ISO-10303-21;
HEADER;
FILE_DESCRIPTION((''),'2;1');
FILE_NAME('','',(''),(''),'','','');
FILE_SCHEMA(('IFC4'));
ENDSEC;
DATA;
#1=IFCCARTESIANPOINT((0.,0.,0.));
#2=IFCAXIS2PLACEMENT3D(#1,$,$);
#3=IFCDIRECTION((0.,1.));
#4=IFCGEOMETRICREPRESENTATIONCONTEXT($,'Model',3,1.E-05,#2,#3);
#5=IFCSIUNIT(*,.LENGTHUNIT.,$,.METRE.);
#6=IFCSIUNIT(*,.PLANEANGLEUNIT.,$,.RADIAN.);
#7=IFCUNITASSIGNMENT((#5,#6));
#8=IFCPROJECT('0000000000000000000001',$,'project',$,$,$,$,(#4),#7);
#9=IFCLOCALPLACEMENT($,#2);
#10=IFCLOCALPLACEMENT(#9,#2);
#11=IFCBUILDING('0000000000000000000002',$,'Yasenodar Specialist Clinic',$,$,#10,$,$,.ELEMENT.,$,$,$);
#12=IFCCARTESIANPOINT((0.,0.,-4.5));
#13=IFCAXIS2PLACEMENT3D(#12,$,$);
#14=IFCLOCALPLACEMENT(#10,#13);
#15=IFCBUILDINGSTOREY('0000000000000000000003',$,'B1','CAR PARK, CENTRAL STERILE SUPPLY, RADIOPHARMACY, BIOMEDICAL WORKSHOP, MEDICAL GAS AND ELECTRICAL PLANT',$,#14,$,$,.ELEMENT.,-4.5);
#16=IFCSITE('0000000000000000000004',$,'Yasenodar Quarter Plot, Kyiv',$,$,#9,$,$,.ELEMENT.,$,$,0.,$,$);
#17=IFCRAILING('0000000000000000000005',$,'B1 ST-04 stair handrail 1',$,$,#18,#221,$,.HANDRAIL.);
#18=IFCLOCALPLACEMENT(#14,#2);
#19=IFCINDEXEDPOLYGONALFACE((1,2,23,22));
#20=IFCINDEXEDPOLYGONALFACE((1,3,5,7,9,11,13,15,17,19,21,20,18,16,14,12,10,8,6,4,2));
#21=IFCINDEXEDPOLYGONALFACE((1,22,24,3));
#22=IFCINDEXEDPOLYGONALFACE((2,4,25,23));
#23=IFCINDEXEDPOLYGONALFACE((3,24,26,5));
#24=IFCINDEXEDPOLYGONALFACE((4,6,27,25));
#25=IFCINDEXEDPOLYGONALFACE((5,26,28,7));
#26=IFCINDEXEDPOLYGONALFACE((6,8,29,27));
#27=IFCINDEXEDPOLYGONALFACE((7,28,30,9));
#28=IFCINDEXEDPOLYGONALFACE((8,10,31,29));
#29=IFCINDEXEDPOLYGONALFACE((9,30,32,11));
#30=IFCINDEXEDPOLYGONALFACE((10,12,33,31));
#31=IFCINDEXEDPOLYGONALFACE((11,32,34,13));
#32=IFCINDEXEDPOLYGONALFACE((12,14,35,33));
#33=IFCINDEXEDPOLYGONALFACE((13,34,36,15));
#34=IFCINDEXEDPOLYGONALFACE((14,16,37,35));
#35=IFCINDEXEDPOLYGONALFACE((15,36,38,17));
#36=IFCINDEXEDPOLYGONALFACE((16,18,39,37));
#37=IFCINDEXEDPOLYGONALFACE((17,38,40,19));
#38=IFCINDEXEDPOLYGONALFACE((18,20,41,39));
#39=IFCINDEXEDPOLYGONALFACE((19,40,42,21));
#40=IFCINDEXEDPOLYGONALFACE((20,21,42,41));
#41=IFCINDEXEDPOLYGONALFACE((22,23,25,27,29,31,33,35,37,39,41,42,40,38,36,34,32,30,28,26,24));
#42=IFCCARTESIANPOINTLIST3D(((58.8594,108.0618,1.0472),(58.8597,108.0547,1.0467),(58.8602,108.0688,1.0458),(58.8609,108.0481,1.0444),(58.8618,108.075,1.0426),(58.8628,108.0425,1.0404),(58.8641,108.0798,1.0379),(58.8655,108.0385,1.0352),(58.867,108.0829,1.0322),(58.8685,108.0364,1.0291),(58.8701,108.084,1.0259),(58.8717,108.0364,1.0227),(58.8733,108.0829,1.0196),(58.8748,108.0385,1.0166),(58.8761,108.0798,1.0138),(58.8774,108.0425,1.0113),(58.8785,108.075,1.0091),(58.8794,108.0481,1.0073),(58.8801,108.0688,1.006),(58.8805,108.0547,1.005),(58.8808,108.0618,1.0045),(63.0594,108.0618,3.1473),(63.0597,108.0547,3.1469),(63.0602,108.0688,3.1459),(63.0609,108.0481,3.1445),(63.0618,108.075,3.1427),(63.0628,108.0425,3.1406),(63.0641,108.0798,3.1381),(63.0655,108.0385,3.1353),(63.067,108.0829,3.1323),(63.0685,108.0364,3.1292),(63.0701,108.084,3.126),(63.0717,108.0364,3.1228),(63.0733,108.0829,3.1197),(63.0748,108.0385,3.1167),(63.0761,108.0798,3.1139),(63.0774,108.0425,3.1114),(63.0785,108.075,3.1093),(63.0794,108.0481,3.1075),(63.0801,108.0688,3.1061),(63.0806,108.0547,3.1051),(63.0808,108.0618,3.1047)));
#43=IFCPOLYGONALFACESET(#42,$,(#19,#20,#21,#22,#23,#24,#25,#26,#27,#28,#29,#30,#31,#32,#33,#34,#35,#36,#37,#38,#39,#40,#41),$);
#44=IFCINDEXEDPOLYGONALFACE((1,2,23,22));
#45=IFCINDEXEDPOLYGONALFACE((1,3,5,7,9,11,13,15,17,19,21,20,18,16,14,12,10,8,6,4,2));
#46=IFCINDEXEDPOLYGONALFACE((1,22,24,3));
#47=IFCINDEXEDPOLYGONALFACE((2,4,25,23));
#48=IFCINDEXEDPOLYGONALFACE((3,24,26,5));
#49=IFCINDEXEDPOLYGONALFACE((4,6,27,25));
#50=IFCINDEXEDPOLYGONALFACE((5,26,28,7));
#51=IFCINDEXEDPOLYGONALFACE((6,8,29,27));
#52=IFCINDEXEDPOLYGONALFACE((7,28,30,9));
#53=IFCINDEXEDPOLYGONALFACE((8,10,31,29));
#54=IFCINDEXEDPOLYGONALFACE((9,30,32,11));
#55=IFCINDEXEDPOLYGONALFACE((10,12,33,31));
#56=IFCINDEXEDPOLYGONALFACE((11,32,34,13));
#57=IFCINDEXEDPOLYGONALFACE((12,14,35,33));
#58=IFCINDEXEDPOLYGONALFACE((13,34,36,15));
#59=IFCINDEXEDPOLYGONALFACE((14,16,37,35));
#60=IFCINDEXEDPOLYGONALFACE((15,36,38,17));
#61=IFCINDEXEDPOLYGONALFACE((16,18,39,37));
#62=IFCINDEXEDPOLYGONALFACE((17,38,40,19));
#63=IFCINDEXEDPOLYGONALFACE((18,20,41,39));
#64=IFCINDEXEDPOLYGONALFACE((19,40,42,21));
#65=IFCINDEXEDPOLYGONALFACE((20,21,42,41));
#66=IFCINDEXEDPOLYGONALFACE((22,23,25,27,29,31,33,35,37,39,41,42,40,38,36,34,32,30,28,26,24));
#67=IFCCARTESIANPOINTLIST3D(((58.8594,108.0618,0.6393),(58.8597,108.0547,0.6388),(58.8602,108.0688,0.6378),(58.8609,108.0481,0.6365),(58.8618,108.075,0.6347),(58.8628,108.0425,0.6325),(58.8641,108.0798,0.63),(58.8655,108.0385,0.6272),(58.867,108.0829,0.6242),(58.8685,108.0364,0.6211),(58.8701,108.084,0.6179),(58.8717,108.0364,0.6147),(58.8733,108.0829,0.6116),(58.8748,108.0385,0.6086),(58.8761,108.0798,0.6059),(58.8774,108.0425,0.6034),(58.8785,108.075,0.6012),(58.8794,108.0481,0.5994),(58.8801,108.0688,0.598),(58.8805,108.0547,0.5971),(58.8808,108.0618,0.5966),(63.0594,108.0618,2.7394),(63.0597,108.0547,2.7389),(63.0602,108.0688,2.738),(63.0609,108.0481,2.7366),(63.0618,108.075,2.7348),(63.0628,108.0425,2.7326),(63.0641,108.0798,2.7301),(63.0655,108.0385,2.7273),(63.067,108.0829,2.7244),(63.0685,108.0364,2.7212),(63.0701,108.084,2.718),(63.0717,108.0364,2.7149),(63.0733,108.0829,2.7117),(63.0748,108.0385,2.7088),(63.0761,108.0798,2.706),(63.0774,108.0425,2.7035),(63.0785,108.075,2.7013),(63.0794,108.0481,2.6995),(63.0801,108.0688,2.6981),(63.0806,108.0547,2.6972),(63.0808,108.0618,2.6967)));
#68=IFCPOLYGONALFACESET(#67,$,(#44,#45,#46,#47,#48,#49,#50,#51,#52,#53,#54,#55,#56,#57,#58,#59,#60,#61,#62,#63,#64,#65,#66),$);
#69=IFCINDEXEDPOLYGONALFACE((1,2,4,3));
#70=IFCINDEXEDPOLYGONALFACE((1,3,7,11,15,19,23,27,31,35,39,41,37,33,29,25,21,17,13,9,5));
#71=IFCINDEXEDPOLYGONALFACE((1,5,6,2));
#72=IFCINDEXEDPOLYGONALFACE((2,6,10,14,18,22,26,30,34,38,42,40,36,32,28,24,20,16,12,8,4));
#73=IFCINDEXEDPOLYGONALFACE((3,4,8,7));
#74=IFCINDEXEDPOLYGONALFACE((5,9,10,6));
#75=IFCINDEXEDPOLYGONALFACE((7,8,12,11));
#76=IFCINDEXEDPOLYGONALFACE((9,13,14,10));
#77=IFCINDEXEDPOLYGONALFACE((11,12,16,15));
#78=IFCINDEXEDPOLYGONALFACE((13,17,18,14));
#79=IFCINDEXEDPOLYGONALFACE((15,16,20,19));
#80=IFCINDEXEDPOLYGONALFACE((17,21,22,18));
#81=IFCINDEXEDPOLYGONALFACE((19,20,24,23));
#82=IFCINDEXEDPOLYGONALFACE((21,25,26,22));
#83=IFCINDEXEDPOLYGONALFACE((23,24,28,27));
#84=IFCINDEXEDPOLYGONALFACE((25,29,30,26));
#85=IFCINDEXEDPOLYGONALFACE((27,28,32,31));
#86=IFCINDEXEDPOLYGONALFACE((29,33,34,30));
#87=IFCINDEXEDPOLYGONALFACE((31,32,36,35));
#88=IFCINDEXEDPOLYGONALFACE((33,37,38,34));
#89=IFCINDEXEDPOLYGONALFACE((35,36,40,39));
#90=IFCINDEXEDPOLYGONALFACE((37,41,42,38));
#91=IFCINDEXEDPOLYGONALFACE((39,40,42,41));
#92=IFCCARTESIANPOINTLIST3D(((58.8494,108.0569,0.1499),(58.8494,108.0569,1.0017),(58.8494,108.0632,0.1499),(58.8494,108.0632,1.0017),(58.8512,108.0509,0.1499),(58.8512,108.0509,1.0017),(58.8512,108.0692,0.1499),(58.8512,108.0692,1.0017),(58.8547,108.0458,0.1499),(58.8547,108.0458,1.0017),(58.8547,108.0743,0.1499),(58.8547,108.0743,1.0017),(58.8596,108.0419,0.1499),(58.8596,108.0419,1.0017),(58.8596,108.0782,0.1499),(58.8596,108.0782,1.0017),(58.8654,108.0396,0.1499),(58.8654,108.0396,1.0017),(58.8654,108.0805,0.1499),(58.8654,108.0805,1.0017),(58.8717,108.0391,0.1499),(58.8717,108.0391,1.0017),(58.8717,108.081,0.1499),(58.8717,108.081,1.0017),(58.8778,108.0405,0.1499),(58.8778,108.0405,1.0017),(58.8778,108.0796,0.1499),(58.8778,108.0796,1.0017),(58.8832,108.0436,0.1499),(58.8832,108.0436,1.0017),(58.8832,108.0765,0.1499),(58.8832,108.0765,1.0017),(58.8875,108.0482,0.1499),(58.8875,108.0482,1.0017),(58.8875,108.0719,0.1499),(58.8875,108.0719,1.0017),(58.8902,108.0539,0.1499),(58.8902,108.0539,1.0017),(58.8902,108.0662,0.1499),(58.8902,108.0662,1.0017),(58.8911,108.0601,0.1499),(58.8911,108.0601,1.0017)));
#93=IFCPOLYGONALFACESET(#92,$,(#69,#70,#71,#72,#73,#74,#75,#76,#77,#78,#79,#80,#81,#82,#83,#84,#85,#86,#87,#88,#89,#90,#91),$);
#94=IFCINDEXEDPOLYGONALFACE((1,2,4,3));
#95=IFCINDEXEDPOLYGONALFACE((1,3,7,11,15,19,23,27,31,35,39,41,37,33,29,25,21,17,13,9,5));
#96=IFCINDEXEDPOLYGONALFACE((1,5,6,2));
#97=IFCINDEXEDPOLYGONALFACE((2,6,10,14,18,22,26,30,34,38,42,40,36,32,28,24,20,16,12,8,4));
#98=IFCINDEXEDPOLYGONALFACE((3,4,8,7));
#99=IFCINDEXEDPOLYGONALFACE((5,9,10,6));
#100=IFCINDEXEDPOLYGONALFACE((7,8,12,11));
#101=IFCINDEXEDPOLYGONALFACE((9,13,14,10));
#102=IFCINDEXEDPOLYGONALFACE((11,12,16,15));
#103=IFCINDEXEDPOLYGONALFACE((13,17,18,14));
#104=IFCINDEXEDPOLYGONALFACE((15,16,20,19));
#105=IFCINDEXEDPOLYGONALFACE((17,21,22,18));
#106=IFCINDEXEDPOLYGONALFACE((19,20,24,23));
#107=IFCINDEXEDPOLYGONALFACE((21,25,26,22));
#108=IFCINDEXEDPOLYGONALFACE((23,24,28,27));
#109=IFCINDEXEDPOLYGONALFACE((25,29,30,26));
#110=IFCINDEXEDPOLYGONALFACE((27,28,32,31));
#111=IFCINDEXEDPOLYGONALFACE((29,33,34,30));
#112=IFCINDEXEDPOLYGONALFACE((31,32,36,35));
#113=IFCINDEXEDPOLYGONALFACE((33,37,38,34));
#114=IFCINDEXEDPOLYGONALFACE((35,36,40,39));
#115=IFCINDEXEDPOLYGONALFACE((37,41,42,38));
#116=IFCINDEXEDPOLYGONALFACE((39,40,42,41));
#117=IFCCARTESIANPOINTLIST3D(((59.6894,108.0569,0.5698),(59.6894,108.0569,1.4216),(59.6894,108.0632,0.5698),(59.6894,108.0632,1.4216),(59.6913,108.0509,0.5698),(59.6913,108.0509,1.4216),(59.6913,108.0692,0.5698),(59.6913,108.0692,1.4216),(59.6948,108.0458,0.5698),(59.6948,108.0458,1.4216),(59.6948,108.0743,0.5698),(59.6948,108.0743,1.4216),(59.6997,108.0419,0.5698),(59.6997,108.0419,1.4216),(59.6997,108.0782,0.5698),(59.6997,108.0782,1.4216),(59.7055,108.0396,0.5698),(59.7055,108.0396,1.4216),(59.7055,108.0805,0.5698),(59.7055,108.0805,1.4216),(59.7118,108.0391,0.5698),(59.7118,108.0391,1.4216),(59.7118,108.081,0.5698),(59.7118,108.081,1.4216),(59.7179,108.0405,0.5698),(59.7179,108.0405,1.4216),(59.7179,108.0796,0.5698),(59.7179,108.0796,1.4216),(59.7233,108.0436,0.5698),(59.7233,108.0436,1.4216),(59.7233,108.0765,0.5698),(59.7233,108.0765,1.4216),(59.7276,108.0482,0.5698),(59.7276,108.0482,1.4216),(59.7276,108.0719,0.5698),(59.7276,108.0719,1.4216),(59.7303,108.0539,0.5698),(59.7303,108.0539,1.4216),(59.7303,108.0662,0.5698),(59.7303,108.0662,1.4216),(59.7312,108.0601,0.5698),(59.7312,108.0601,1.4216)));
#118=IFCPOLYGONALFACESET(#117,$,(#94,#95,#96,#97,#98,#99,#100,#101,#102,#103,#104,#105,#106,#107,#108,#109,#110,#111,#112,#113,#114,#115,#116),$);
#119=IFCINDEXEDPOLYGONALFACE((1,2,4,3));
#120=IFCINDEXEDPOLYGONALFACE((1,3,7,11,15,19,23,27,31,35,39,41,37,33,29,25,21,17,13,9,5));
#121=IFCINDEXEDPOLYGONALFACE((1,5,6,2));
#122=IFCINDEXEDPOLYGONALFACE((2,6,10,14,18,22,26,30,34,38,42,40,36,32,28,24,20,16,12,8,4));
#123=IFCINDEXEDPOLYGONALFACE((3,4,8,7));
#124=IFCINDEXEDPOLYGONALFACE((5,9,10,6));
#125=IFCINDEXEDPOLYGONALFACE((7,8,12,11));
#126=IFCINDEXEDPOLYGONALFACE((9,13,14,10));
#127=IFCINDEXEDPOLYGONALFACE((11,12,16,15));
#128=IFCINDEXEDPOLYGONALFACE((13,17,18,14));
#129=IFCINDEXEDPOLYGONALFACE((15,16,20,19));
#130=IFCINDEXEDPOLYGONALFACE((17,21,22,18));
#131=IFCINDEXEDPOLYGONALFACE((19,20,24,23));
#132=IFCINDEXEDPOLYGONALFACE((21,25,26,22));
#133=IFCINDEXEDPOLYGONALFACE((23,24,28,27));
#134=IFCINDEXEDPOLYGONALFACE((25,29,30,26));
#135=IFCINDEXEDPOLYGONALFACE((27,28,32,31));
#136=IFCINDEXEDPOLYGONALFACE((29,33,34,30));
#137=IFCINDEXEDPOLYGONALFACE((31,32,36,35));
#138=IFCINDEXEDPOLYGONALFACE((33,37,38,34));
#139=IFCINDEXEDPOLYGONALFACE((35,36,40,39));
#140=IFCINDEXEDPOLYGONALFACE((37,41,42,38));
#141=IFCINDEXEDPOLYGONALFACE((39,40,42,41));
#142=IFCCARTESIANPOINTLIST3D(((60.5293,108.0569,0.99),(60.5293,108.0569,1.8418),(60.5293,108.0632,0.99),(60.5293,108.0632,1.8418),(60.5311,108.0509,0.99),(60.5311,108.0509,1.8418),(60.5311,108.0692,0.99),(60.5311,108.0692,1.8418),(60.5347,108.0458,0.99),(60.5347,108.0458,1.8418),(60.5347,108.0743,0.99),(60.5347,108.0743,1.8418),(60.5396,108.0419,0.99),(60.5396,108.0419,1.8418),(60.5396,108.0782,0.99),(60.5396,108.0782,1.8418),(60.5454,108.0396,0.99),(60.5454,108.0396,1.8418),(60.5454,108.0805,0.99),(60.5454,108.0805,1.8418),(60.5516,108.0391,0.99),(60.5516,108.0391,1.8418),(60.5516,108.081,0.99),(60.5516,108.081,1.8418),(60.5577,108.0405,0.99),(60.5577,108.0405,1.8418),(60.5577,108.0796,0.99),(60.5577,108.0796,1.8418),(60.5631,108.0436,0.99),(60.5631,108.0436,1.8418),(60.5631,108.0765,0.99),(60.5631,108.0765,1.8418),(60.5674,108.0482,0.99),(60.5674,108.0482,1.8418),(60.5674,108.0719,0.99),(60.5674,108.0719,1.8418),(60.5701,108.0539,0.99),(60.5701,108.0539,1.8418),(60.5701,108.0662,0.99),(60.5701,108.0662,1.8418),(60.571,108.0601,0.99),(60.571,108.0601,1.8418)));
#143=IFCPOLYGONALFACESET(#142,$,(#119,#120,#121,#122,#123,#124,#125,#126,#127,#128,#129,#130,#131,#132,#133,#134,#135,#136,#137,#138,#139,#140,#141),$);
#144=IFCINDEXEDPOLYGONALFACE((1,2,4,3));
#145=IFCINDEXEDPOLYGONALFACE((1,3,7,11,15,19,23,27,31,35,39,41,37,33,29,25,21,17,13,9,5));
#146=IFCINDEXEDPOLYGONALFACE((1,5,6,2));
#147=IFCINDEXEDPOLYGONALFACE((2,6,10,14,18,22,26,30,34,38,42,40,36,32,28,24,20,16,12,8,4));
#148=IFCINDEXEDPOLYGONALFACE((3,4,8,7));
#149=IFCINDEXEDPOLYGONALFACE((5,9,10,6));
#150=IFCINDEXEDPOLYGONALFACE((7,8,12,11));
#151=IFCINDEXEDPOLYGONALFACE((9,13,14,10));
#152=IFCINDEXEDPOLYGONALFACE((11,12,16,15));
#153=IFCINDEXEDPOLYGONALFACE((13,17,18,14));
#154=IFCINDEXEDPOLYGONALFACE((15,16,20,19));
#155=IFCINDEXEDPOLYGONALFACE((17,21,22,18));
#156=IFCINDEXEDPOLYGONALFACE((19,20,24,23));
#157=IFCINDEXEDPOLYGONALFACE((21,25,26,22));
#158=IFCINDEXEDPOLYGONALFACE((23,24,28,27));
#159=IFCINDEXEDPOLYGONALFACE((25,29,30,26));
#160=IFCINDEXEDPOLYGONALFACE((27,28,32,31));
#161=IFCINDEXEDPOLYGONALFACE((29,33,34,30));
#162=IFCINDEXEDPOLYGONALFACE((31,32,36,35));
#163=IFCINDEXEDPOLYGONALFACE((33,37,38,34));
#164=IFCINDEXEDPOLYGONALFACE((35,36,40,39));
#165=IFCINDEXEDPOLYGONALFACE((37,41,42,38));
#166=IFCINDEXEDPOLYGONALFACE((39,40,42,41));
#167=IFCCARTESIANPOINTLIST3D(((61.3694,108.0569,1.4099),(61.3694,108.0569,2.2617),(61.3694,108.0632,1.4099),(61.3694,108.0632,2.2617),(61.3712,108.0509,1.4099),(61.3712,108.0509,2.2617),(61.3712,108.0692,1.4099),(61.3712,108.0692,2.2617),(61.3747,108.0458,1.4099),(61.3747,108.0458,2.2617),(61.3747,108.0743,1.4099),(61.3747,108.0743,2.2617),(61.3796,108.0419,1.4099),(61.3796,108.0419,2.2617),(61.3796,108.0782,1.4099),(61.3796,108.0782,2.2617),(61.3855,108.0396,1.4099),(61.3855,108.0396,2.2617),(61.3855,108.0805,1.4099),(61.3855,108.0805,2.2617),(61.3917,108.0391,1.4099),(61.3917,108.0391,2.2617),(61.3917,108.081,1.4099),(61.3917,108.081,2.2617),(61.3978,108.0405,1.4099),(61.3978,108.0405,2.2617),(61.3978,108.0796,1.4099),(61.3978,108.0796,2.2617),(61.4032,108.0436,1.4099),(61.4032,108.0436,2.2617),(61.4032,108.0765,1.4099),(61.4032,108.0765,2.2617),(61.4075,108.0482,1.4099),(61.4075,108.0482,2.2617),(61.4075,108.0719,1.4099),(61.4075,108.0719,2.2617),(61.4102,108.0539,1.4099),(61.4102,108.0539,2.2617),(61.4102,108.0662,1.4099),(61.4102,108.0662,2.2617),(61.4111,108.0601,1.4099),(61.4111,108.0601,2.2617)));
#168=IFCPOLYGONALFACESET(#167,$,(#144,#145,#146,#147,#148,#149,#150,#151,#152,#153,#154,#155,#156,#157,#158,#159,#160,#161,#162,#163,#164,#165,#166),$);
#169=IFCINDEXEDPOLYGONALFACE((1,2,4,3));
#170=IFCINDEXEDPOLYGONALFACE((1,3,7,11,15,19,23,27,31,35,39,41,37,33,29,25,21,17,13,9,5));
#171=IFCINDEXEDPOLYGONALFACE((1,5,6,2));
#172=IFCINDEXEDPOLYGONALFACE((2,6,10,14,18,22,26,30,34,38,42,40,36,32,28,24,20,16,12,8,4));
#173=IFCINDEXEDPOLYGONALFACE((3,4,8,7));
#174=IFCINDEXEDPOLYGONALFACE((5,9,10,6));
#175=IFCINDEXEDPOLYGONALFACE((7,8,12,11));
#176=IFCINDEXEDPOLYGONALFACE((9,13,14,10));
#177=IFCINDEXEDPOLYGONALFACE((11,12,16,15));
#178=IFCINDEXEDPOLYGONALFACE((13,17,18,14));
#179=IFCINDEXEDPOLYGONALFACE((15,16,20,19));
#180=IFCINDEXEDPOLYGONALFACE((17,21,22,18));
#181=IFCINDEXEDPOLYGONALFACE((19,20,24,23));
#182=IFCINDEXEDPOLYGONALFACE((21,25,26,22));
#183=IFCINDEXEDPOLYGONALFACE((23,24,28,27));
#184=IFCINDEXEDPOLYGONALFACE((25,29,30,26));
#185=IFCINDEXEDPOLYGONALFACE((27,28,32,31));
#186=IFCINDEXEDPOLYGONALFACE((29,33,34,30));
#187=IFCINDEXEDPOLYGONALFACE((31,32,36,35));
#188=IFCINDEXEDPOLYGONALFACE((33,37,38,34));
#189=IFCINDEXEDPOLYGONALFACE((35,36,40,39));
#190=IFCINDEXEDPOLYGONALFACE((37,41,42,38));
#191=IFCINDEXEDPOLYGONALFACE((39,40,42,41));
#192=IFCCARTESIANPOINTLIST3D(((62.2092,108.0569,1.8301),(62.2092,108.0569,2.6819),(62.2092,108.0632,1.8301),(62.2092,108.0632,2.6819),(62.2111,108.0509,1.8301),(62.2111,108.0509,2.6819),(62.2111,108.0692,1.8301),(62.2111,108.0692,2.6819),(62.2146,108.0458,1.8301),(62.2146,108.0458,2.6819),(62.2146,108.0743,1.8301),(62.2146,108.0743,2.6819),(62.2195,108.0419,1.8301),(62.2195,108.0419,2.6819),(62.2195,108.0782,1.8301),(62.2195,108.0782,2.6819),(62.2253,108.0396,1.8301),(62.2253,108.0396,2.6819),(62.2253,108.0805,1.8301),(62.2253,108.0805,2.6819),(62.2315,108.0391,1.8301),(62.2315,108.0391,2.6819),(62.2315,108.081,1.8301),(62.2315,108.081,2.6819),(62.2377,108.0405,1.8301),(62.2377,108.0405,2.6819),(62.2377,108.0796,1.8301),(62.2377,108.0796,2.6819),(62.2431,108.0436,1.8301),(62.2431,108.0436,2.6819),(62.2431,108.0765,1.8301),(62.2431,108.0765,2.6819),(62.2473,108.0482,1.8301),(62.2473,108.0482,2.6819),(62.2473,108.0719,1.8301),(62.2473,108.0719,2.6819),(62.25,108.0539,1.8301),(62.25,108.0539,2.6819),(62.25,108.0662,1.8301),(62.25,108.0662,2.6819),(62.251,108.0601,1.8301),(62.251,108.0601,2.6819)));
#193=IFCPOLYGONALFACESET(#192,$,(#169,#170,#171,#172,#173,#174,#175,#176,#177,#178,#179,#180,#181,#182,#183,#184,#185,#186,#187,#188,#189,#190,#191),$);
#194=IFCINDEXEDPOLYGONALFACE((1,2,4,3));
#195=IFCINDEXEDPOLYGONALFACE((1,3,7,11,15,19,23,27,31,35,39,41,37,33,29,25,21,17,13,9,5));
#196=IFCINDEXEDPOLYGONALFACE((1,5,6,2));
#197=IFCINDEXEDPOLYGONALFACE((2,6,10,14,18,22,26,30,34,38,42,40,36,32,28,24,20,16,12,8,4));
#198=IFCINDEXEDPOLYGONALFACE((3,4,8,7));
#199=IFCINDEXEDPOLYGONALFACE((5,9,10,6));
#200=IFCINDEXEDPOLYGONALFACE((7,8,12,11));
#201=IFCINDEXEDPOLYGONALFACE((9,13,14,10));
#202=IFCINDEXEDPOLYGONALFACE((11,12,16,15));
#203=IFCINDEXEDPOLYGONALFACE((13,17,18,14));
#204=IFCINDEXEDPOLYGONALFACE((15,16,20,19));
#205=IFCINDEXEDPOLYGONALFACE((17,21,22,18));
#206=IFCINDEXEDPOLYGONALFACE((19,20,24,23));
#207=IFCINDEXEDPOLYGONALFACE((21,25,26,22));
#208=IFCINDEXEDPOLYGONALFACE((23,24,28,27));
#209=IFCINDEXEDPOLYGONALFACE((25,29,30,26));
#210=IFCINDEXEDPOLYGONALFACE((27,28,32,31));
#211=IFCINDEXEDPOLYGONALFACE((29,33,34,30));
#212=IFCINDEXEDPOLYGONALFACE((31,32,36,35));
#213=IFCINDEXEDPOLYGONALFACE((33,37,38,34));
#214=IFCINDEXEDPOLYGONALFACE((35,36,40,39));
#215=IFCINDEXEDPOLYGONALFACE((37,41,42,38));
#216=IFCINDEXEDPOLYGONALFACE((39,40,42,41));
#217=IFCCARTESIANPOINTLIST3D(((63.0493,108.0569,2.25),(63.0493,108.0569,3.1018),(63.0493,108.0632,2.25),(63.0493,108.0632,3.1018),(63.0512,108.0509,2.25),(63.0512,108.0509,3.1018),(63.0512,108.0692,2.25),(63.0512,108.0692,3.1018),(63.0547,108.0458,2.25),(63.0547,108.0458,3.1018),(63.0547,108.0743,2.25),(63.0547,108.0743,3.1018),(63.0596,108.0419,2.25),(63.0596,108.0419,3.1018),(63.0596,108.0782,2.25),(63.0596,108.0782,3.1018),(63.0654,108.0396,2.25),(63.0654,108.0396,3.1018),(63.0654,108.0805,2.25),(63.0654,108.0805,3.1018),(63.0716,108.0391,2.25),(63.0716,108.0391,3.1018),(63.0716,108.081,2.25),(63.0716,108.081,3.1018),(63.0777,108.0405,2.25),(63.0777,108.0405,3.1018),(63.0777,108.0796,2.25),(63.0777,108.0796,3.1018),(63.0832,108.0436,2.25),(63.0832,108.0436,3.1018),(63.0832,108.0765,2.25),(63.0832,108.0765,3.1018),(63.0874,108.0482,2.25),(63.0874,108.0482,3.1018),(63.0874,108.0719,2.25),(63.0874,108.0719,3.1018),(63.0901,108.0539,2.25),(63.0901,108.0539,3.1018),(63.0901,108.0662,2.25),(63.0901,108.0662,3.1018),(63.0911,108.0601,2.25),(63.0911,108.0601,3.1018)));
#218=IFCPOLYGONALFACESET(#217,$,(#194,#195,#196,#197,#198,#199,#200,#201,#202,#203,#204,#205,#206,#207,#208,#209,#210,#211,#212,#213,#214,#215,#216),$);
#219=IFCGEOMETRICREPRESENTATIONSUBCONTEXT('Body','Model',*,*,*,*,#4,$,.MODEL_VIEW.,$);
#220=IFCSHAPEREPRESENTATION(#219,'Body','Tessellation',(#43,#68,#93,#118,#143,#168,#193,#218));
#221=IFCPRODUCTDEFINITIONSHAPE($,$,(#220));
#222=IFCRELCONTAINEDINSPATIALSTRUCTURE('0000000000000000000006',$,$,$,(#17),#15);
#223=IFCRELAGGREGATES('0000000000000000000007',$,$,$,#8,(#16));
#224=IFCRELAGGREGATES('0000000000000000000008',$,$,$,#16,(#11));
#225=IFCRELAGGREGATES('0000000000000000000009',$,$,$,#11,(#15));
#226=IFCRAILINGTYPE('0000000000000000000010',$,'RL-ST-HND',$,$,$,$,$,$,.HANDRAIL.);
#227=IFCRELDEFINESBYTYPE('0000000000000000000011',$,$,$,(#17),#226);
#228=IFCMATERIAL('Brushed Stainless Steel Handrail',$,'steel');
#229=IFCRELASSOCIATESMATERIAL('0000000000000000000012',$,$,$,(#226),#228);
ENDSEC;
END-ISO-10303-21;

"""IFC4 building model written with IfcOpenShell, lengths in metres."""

from ifc_helpers import new_model, si_unit, direction, frame, origin, origin_2d, place, context, subcontext, project, spatial, circle, extrude, material, type_object, element, save


model = new_model("IFC4")

# Units and contexts
model_context = context("Model", 3, precision=1e-05, world=origin(), true_north=direction((0.0, 1.0)))
body_context = subcontext(model_context, "Body", "Model", "MODEL_VIEW")
ifc_project = project(units=[si_unit("LENGTHUNIT", "METRE"), si_unit("PLANEANGLEUNIT", "RADIAN")], contexts=[model_context])

# Site, building, storey
site_placement = place(None, origin())
site = spatial("IfcSite", under=ifc_project, at=site_placement, Name="Yasenodar Quarter Plot, Kyiv", CompositionType="ELEMENT", RefElevation=0.0)
building_placement = place(site_placement, origin())
building = spatial("IfcBuilding", under=site, at=building_placement, Name="Yasenodar Specialist Clinic", CompositionType="ELEMENT")
storey_placement = place(building_placement, frame((0.0, 0.0, -4.5)))
storey = spatial("IfcBuildingStorey", under=building, at=storey_placement, Name="B1", Description="CAR PARK, CENTRAL STERILE SUPPLY, RADIOPHARMACY, BIOMEDICAL WORKSHOP, MEDICAL GAS AND ELECTRICAL PLANT", CompositionType="ELEMENT", Elevation=-4.5)

# Railing
ifc_material_1 = material(Name="Brushed Stainless Steel Handrail", Category="steel")
railing_type_1 = type_object("IfcRailingType", Name="RL-ST-HND", PredefinedType="HANDRAIL", material=ifc_material_1)
railing_1_placement = place(storey_placement, frame((58.8701, 108.0601, 0.1499)))
element("IfcRailing", 1, at=railing_1_placement, inside=storey, type_object=railing_type_1, Name="B1 ST-04 stair handrail 1", PredefinedType="HANDRAIL", context=body_context, shape_type="SweptSolid", body=[
    extrude(circle(Radius=0.0239, at=origin_2d()), frame((0.0, 0.0, 0.876), z_axis=(0.894417, 0.0, 0.447234), x_axis=(0.0, 1.0, 0.0)), (0.0, 0.0, 1.0), 4.6958),
    extrude(circle(Radius=0.0239, at=origin_2d()), frame((0.0, 0.0, 0.468), z_axis=(0.894417, 0.0, 0.447234), x_axis=(0.0, 1.0, 0.0)), (0.0, 0.0, 1.0), 4.6958),
    extrude(circle(Radius=0.021, at=origin_2d()), origin(), (0.0, 0.0, 1.0), 0.8518),
    extrude(circle(Radius=0.021, at=origin_2d()), frame((0.8401, 0.0, 0.4199)), (0.0, 0.0, 1.0), 0.8518),
    extrude(circle(Radius=0.021, at=origin_2d()), frame((1.6799, 0.0, 0.8401)), (0.0, 0.0, 1.0), 0.8518),
    extrude(circle(Radius=0.021, at=origin_2d()), frame((2.52, 0.0, 1.26)), (0.0, 0.0, 1.0), 0.8518),
    extrude(circle(Radius=0.021, at=origin_2d()), frame((3.3599, 0.0, 1.6802)), (0.0, 0.0, 1.0), 0.8518),
    extrude(circle(Radius=0.021, at=origin_2d()), frame((4.2, 0.0, 2.1001)), (0.0, 0.0, 1.0), 0.8518),
])

save(model, "model.ifc")
